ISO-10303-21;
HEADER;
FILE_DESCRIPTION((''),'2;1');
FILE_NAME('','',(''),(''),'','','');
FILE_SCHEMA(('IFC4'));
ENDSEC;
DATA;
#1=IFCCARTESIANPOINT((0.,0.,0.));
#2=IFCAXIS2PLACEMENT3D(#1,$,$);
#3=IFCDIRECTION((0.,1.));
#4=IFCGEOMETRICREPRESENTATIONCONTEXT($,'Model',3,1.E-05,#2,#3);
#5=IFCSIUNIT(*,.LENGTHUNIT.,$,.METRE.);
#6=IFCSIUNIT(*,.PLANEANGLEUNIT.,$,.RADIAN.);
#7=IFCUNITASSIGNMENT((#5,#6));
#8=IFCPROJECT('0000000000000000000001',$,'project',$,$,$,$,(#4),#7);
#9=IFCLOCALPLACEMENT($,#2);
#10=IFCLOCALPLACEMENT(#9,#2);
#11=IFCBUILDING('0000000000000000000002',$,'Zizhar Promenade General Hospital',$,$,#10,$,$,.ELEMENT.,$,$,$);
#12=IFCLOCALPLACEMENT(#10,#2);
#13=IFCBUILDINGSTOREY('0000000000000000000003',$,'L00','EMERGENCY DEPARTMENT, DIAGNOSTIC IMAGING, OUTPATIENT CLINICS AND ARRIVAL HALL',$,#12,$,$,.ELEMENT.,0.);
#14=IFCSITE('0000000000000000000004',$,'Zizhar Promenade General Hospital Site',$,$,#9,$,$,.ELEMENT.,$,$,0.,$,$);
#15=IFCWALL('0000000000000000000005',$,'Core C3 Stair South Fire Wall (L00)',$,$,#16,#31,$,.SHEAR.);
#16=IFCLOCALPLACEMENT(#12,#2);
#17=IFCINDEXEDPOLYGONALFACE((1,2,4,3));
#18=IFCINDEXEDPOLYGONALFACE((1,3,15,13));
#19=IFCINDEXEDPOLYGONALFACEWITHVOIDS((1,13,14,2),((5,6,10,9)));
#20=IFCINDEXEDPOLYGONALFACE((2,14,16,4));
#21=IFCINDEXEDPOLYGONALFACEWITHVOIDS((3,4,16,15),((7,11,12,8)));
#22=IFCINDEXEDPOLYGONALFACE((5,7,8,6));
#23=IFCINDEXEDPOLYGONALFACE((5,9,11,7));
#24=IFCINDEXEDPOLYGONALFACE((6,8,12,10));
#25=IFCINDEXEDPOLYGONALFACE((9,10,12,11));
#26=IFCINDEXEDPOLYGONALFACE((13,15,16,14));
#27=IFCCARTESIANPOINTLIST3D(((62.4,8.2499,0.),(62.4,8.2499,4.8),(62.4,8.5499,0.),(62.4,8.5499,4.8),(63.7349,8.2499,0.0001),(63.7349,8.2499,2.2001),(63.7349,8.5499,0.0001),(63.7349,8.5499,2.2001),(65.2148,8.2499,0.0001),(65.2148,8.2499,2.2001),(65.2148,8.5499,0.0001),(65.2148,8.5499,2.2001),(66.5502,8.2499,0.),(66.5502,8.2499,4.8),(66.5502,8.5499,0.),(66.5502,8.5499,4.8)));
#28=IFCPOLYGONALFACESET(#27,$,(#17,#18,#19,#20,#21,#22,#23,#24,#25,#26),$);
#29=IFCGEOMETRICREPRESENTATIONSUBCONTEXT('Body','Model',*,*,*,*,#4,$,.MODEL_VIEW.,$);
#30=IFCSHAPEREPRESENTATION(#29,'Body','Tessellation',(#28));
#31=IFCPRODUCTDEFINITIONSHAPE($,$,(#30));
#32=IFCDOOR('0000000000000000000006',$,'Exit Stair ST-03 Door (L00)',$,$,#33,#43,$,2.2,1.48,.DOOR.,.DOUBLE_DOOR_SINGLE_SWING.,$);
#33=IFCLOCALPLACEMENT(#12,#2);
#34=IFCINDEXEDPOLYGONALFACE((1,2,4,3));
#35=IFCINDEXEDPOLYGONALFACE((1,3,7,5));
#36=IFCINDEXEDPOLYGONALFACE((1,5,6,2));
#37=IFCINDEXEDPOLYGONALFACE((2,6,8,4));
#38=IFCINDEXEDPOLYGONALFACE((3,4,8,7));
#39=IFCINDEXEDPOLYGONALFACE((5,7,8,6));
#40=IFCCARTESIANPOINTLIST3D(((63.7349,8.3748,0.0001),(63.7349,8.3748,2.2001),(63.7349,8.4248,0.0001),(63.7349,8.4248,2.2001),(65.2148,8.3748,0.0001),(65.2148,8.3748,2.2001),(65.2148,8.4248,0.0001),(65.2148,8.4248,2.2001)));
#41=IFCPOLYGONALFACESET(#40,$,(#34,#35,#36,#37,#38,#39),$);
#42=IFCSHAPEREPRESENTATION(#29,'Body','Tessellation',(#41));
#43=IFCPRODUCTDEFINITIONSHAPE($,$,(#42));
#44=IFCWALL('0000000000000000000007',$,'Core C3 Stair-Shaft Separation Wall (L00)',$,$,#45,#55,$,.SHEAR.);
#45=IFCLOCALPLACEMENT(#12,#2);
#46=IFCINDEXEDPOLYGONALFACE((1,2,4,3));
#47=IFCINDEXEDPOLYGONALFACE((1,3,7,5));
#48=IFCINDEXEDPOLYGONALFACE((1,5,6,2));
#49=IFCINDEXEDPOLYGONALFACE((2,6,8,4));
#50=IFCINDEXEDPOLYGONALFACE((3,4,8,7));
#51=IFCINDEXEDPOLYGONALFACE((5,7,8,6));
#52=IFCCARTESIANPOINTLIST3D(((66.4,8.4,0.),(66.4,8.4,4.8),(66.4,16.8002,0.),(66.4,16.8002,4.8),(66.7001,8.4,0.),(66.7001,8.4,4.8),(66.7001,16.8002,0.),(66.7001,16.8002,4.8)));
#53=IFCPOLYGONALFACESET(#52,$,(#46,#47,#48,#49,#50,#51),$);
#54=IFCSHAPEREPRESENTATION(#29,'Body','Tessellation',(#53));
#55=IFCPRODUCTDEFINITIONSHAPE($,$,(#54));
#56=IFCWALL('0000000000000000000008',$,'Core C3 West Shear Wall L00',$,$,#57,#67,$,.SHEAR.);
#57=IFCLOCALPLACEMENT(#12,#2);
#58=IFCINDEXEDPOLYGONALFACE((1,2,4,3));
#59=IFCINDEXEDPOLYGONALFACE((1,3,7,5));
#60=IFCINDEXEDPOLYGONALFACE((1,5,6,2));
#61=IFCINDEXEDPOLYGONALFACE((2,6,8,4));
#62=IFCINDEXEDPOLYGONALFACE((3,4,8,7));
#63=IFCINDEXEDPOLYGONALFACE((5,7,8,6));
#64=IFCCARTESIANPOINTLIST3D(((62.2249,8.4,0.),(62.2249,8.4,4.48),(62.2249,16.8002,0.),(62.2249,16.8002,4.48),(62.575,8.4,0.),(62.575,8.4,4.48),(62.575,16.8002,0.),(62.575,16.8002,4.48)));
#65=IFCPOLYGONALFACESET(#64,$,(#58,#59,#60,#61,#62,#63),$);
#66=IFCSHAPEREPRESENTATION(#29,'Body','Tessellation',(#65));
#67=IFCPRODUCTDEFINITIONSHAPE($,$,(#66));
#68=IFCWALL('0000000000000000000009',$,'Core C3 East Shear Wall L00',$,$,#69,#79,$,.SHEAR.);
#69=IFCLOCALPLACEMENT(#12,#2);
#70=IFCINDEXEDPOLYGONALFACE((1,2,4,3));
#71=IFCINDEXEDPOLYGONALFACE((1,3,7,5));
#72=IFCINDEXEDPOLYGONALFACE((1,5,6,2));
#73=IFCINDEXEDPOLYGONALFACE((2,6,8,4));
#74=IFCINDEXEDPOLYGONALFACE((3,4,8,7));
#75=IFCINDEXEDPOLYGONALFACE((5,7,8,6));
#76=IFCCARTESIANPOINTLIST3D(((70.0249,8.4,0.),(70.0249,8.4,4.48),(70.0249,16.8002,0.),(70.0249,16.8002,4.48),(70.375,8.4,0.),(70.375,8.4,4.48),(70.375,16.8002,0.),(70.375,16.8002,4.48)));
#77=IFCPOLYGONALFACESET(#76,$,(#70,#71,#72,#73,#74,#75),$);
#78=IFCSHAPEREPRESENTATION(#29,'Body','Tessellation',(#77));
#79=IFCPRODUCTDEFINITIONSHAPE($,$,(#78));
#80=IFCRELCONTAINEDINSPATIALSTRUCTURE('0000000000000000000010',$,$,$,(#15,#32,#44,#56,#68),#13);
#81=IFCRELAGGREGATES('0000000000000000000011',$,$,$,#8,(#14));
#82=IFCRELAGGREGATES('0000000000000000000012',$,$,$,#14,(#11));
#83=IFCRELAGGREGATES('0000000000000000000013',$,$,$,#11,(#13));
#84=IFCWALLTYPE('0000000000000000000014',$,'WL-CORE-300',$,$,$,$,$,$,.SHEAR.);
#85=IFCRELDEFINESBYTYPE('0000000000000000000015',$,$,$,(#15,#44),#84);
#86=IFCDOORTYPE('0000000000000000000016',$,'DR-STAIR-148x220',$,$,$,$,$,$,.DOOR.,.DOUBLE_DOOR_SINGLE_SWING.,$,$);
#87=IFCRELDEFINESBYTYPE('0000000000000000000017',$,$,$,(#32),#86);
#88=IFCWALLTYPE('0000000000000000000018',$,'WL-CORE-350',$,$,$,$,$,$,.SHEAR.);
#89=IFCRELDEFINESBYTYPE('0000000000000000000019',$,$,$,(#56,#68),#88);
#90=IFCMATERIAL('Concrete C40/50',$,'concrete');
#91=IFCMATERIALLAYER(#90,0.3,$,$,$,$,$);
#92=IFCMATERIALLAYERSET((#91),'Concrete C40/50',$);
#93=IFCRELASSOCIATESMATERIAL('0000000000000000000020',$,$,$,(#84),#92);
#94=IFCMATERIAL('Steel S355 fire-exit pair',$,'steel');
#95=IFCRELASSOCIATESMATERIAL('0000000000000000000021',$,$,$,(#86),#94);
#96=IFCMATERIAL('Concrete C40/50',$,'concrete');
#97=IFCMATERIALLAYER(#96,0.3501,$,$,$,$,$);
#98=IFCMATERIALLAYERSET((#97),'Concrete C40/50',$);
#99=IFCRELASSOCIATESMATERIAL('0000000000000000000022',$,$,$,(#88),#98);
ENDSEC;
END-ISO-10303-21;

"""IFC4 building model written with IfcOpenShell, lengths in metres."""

from ifc_helpers import new_model, si_unit, direction, frame, frame_2d, origin, place, context, subcontext, project, spatial, rectangle, extrude, material, layer, layer_set, type_object, element, fill, save


model = new_model("IFC4")

# Units and contexts
model_context = context("Model", 3, precision=1e-05, world=origin(), true_north=direction((0.0, 1.0)))
body_context = subcontext(model_context, "Body", "Model", "MODEL_VIEW")
ifc_project = project(units=[si_unit("LENGTHUNIT", "METRE"), si_unit("PLANEANGLEUNIT", "RADIAN")], contexts=[model_context])

# Site, building, storey
site_placement = place(None, origin())
site = spatial("IfcSite", under=ifc_project, at=site_placement, Name="Zizhar Promenade General Hospital Site", CompositionType="ELEMENT", RefElevation=0.0)
building_placement = place(site_placement, origin())
building = spatial("IfcBuilding", under=site, at=building_placement, Name="Zizhar Promenade General Hospital", CompositionType="ELEMENT")
storey_placement = place(building_placement, origin())
storey = spatial("IfcBuildingStorey", under=building, at=storey_placement, Name="L00", Description="EMERGENCY DEPARTMENT, DIAGNOSTIC IMAGING, OUTPATIENT CLINICS AND ARRIVAL HALL", CompositionType="ELEMENT", Elevation=0.0)

# Wall, opening, door
ifc_material_1 = material(Name="Concrete C40/50", Category="concrete")
ifc_layer_1 = layer(ifc_material_1, 0.3)
ifc_layer_set_1 = layer_set([ifc_layer_1], Name="Concrete C40/50")
wall_type_1 = type_object("IfcWallType", Name="WL-CORE-300", PredefinedType="SHEAR", material=ifc_layer_set_1)
wall_1_placement = place(storey_placement, frame((62.3999, 8.3999, 0.0), z_axis=(0.0, 0.0, 1.0), x_axis=(1.0, 0.0, 0.0)))
wall_1 = element("IfcWall", 1, at=wall_1_placement, inside=storey, type_object=wall_type_1, Name="Core C3 Stair South Fire Wall (L00)", PredefinedType="SHEAR", context=body_context, shape_type="SweptSolid", body=[
    extrude(rectangle(XDim=4.1501, YDim=0.3, at=frame_2d((2.0752, 0.0))), origin(), (0.0, 0.0, 1.0), 4.8),
])
opening_1_placement = place(wall_1_placement, frame((1.335, 0.0, 0.0)))
opening_1 = element("IfcOpeningElement", 2, at=opening_1_placement, cuts=wall_1, PredefinedType="OPENING", context=body_context, shape_type="SweptSolid", body=[
    extrude(rectangle(XDim=1.48, YDim=2.2, at=frame_2d((0.74, 1.1001))), frame((0.0, 0.1602, 0.0), z_axis=(0.0, -1.0, 0.0), x_axis=(1.0, 0.0, 0.0)), (0.0, 0.0, 1.0), 0.3201),
])
ifc_material_2 = material(Name="Steel S355 fire-exit pair", Category="steel")
door_type_1 = type_object("IfcDoorType", Name="DR-STAIR-148x220", OperationType="DOUBLE_DOOR_SINGLE_SWING", PredefinedType="DOOR", material=ifc_material_2)
door_1_placement = place(opening_1_placement, origin())
door_1 = element("IfcDoor", 3, at=door_1_placement, inside=storey, type_object=door_type_1, Name="Exit Stair ST-03 Door (L00)", OperationType="DOUBLE_DOOR_SINGLE_SWING", OverallHeight=2.2, OverallWidth=1.48, PredefinedType="DOOR", context=body_context, shape_type="SweptSolid", body=[
    extrude(rectangle(XDim=1.48, YDim=2.2, at=frame_2d((0.74, 1.1001))), frame((0.0, 0.0249, 0.0), z_axis=(0.0, -1.0, 0.0), x_axis=(1.0, 0.0, 0.0)), (0.0, 0.0, 1.0), 0.05),
])
fill(opening_1, door_1)

# Walls
wall_2_placement = place(storey_placement, frame((66.55, 8.3999, 0.0), z_axis=(0.0, 0.0, 1.0), x_axis=(0.0, 1.0, 0.0)))
element("IfcWall", 4, at=wall_2_placement, inside=storey, type_object=wall_type_1, Name="Core C3 Stair-Shaft Separation Wall (L00)", PredefinedType="SHEAR", context=body_context, shape_type="SweptSolid", body=[
    extrude(rectangle(XDim=8.4001, YDim=0.3, at=frame_2d((4.2002, 0.0))), origin(), (0.0, 0.0, 1.0), 4.8),
])
ifc_material_3 = material(Name="Concrete C40/50", Category="concrete")
ifc_layer_2 = layer(ifc_material_3, 0.3501)
ifc_layer_set_2 = layer_set([ifc_layer_2], Name="Concrete C40/50")
wall_type_2 = type_object("IfcWallType", Name="WL-CORE-350", PredefinedType="SHEAR", material=ifc_layer_set_2)
for number, where, z_axis, x_axis, name in (
    (5, (62.3999, 8.3999, 0.0), (0.0, 0.0, 1.0), (0.0, 1.0, 0.0), "Core C3 West Shear Wall L00"),
    (6, (70.2, 8.3999, 0.0), (0.0, 0.0, 1.0), (0.0, 1.0, 0.0), "Core C3 East Shear Wall L00"),
):
    element("IfcWall", number, at=place(storey_placement, frame(where, z_axis=z_axis, x_axis=x_axis)), inside=storey, type_object=wall_type_2, Name=name, PredefinedType="SHEAR", context=body_context, shape_type="SweptSolid", body=[
        extrude(rectangle(XDim=8.4001, YDim=0.3501, at=frame_2d((4.2002, 0.0))), origin(), (0.0, 0.0, 1.0), 4.48),
    ])

save(model, "model.ifc")
